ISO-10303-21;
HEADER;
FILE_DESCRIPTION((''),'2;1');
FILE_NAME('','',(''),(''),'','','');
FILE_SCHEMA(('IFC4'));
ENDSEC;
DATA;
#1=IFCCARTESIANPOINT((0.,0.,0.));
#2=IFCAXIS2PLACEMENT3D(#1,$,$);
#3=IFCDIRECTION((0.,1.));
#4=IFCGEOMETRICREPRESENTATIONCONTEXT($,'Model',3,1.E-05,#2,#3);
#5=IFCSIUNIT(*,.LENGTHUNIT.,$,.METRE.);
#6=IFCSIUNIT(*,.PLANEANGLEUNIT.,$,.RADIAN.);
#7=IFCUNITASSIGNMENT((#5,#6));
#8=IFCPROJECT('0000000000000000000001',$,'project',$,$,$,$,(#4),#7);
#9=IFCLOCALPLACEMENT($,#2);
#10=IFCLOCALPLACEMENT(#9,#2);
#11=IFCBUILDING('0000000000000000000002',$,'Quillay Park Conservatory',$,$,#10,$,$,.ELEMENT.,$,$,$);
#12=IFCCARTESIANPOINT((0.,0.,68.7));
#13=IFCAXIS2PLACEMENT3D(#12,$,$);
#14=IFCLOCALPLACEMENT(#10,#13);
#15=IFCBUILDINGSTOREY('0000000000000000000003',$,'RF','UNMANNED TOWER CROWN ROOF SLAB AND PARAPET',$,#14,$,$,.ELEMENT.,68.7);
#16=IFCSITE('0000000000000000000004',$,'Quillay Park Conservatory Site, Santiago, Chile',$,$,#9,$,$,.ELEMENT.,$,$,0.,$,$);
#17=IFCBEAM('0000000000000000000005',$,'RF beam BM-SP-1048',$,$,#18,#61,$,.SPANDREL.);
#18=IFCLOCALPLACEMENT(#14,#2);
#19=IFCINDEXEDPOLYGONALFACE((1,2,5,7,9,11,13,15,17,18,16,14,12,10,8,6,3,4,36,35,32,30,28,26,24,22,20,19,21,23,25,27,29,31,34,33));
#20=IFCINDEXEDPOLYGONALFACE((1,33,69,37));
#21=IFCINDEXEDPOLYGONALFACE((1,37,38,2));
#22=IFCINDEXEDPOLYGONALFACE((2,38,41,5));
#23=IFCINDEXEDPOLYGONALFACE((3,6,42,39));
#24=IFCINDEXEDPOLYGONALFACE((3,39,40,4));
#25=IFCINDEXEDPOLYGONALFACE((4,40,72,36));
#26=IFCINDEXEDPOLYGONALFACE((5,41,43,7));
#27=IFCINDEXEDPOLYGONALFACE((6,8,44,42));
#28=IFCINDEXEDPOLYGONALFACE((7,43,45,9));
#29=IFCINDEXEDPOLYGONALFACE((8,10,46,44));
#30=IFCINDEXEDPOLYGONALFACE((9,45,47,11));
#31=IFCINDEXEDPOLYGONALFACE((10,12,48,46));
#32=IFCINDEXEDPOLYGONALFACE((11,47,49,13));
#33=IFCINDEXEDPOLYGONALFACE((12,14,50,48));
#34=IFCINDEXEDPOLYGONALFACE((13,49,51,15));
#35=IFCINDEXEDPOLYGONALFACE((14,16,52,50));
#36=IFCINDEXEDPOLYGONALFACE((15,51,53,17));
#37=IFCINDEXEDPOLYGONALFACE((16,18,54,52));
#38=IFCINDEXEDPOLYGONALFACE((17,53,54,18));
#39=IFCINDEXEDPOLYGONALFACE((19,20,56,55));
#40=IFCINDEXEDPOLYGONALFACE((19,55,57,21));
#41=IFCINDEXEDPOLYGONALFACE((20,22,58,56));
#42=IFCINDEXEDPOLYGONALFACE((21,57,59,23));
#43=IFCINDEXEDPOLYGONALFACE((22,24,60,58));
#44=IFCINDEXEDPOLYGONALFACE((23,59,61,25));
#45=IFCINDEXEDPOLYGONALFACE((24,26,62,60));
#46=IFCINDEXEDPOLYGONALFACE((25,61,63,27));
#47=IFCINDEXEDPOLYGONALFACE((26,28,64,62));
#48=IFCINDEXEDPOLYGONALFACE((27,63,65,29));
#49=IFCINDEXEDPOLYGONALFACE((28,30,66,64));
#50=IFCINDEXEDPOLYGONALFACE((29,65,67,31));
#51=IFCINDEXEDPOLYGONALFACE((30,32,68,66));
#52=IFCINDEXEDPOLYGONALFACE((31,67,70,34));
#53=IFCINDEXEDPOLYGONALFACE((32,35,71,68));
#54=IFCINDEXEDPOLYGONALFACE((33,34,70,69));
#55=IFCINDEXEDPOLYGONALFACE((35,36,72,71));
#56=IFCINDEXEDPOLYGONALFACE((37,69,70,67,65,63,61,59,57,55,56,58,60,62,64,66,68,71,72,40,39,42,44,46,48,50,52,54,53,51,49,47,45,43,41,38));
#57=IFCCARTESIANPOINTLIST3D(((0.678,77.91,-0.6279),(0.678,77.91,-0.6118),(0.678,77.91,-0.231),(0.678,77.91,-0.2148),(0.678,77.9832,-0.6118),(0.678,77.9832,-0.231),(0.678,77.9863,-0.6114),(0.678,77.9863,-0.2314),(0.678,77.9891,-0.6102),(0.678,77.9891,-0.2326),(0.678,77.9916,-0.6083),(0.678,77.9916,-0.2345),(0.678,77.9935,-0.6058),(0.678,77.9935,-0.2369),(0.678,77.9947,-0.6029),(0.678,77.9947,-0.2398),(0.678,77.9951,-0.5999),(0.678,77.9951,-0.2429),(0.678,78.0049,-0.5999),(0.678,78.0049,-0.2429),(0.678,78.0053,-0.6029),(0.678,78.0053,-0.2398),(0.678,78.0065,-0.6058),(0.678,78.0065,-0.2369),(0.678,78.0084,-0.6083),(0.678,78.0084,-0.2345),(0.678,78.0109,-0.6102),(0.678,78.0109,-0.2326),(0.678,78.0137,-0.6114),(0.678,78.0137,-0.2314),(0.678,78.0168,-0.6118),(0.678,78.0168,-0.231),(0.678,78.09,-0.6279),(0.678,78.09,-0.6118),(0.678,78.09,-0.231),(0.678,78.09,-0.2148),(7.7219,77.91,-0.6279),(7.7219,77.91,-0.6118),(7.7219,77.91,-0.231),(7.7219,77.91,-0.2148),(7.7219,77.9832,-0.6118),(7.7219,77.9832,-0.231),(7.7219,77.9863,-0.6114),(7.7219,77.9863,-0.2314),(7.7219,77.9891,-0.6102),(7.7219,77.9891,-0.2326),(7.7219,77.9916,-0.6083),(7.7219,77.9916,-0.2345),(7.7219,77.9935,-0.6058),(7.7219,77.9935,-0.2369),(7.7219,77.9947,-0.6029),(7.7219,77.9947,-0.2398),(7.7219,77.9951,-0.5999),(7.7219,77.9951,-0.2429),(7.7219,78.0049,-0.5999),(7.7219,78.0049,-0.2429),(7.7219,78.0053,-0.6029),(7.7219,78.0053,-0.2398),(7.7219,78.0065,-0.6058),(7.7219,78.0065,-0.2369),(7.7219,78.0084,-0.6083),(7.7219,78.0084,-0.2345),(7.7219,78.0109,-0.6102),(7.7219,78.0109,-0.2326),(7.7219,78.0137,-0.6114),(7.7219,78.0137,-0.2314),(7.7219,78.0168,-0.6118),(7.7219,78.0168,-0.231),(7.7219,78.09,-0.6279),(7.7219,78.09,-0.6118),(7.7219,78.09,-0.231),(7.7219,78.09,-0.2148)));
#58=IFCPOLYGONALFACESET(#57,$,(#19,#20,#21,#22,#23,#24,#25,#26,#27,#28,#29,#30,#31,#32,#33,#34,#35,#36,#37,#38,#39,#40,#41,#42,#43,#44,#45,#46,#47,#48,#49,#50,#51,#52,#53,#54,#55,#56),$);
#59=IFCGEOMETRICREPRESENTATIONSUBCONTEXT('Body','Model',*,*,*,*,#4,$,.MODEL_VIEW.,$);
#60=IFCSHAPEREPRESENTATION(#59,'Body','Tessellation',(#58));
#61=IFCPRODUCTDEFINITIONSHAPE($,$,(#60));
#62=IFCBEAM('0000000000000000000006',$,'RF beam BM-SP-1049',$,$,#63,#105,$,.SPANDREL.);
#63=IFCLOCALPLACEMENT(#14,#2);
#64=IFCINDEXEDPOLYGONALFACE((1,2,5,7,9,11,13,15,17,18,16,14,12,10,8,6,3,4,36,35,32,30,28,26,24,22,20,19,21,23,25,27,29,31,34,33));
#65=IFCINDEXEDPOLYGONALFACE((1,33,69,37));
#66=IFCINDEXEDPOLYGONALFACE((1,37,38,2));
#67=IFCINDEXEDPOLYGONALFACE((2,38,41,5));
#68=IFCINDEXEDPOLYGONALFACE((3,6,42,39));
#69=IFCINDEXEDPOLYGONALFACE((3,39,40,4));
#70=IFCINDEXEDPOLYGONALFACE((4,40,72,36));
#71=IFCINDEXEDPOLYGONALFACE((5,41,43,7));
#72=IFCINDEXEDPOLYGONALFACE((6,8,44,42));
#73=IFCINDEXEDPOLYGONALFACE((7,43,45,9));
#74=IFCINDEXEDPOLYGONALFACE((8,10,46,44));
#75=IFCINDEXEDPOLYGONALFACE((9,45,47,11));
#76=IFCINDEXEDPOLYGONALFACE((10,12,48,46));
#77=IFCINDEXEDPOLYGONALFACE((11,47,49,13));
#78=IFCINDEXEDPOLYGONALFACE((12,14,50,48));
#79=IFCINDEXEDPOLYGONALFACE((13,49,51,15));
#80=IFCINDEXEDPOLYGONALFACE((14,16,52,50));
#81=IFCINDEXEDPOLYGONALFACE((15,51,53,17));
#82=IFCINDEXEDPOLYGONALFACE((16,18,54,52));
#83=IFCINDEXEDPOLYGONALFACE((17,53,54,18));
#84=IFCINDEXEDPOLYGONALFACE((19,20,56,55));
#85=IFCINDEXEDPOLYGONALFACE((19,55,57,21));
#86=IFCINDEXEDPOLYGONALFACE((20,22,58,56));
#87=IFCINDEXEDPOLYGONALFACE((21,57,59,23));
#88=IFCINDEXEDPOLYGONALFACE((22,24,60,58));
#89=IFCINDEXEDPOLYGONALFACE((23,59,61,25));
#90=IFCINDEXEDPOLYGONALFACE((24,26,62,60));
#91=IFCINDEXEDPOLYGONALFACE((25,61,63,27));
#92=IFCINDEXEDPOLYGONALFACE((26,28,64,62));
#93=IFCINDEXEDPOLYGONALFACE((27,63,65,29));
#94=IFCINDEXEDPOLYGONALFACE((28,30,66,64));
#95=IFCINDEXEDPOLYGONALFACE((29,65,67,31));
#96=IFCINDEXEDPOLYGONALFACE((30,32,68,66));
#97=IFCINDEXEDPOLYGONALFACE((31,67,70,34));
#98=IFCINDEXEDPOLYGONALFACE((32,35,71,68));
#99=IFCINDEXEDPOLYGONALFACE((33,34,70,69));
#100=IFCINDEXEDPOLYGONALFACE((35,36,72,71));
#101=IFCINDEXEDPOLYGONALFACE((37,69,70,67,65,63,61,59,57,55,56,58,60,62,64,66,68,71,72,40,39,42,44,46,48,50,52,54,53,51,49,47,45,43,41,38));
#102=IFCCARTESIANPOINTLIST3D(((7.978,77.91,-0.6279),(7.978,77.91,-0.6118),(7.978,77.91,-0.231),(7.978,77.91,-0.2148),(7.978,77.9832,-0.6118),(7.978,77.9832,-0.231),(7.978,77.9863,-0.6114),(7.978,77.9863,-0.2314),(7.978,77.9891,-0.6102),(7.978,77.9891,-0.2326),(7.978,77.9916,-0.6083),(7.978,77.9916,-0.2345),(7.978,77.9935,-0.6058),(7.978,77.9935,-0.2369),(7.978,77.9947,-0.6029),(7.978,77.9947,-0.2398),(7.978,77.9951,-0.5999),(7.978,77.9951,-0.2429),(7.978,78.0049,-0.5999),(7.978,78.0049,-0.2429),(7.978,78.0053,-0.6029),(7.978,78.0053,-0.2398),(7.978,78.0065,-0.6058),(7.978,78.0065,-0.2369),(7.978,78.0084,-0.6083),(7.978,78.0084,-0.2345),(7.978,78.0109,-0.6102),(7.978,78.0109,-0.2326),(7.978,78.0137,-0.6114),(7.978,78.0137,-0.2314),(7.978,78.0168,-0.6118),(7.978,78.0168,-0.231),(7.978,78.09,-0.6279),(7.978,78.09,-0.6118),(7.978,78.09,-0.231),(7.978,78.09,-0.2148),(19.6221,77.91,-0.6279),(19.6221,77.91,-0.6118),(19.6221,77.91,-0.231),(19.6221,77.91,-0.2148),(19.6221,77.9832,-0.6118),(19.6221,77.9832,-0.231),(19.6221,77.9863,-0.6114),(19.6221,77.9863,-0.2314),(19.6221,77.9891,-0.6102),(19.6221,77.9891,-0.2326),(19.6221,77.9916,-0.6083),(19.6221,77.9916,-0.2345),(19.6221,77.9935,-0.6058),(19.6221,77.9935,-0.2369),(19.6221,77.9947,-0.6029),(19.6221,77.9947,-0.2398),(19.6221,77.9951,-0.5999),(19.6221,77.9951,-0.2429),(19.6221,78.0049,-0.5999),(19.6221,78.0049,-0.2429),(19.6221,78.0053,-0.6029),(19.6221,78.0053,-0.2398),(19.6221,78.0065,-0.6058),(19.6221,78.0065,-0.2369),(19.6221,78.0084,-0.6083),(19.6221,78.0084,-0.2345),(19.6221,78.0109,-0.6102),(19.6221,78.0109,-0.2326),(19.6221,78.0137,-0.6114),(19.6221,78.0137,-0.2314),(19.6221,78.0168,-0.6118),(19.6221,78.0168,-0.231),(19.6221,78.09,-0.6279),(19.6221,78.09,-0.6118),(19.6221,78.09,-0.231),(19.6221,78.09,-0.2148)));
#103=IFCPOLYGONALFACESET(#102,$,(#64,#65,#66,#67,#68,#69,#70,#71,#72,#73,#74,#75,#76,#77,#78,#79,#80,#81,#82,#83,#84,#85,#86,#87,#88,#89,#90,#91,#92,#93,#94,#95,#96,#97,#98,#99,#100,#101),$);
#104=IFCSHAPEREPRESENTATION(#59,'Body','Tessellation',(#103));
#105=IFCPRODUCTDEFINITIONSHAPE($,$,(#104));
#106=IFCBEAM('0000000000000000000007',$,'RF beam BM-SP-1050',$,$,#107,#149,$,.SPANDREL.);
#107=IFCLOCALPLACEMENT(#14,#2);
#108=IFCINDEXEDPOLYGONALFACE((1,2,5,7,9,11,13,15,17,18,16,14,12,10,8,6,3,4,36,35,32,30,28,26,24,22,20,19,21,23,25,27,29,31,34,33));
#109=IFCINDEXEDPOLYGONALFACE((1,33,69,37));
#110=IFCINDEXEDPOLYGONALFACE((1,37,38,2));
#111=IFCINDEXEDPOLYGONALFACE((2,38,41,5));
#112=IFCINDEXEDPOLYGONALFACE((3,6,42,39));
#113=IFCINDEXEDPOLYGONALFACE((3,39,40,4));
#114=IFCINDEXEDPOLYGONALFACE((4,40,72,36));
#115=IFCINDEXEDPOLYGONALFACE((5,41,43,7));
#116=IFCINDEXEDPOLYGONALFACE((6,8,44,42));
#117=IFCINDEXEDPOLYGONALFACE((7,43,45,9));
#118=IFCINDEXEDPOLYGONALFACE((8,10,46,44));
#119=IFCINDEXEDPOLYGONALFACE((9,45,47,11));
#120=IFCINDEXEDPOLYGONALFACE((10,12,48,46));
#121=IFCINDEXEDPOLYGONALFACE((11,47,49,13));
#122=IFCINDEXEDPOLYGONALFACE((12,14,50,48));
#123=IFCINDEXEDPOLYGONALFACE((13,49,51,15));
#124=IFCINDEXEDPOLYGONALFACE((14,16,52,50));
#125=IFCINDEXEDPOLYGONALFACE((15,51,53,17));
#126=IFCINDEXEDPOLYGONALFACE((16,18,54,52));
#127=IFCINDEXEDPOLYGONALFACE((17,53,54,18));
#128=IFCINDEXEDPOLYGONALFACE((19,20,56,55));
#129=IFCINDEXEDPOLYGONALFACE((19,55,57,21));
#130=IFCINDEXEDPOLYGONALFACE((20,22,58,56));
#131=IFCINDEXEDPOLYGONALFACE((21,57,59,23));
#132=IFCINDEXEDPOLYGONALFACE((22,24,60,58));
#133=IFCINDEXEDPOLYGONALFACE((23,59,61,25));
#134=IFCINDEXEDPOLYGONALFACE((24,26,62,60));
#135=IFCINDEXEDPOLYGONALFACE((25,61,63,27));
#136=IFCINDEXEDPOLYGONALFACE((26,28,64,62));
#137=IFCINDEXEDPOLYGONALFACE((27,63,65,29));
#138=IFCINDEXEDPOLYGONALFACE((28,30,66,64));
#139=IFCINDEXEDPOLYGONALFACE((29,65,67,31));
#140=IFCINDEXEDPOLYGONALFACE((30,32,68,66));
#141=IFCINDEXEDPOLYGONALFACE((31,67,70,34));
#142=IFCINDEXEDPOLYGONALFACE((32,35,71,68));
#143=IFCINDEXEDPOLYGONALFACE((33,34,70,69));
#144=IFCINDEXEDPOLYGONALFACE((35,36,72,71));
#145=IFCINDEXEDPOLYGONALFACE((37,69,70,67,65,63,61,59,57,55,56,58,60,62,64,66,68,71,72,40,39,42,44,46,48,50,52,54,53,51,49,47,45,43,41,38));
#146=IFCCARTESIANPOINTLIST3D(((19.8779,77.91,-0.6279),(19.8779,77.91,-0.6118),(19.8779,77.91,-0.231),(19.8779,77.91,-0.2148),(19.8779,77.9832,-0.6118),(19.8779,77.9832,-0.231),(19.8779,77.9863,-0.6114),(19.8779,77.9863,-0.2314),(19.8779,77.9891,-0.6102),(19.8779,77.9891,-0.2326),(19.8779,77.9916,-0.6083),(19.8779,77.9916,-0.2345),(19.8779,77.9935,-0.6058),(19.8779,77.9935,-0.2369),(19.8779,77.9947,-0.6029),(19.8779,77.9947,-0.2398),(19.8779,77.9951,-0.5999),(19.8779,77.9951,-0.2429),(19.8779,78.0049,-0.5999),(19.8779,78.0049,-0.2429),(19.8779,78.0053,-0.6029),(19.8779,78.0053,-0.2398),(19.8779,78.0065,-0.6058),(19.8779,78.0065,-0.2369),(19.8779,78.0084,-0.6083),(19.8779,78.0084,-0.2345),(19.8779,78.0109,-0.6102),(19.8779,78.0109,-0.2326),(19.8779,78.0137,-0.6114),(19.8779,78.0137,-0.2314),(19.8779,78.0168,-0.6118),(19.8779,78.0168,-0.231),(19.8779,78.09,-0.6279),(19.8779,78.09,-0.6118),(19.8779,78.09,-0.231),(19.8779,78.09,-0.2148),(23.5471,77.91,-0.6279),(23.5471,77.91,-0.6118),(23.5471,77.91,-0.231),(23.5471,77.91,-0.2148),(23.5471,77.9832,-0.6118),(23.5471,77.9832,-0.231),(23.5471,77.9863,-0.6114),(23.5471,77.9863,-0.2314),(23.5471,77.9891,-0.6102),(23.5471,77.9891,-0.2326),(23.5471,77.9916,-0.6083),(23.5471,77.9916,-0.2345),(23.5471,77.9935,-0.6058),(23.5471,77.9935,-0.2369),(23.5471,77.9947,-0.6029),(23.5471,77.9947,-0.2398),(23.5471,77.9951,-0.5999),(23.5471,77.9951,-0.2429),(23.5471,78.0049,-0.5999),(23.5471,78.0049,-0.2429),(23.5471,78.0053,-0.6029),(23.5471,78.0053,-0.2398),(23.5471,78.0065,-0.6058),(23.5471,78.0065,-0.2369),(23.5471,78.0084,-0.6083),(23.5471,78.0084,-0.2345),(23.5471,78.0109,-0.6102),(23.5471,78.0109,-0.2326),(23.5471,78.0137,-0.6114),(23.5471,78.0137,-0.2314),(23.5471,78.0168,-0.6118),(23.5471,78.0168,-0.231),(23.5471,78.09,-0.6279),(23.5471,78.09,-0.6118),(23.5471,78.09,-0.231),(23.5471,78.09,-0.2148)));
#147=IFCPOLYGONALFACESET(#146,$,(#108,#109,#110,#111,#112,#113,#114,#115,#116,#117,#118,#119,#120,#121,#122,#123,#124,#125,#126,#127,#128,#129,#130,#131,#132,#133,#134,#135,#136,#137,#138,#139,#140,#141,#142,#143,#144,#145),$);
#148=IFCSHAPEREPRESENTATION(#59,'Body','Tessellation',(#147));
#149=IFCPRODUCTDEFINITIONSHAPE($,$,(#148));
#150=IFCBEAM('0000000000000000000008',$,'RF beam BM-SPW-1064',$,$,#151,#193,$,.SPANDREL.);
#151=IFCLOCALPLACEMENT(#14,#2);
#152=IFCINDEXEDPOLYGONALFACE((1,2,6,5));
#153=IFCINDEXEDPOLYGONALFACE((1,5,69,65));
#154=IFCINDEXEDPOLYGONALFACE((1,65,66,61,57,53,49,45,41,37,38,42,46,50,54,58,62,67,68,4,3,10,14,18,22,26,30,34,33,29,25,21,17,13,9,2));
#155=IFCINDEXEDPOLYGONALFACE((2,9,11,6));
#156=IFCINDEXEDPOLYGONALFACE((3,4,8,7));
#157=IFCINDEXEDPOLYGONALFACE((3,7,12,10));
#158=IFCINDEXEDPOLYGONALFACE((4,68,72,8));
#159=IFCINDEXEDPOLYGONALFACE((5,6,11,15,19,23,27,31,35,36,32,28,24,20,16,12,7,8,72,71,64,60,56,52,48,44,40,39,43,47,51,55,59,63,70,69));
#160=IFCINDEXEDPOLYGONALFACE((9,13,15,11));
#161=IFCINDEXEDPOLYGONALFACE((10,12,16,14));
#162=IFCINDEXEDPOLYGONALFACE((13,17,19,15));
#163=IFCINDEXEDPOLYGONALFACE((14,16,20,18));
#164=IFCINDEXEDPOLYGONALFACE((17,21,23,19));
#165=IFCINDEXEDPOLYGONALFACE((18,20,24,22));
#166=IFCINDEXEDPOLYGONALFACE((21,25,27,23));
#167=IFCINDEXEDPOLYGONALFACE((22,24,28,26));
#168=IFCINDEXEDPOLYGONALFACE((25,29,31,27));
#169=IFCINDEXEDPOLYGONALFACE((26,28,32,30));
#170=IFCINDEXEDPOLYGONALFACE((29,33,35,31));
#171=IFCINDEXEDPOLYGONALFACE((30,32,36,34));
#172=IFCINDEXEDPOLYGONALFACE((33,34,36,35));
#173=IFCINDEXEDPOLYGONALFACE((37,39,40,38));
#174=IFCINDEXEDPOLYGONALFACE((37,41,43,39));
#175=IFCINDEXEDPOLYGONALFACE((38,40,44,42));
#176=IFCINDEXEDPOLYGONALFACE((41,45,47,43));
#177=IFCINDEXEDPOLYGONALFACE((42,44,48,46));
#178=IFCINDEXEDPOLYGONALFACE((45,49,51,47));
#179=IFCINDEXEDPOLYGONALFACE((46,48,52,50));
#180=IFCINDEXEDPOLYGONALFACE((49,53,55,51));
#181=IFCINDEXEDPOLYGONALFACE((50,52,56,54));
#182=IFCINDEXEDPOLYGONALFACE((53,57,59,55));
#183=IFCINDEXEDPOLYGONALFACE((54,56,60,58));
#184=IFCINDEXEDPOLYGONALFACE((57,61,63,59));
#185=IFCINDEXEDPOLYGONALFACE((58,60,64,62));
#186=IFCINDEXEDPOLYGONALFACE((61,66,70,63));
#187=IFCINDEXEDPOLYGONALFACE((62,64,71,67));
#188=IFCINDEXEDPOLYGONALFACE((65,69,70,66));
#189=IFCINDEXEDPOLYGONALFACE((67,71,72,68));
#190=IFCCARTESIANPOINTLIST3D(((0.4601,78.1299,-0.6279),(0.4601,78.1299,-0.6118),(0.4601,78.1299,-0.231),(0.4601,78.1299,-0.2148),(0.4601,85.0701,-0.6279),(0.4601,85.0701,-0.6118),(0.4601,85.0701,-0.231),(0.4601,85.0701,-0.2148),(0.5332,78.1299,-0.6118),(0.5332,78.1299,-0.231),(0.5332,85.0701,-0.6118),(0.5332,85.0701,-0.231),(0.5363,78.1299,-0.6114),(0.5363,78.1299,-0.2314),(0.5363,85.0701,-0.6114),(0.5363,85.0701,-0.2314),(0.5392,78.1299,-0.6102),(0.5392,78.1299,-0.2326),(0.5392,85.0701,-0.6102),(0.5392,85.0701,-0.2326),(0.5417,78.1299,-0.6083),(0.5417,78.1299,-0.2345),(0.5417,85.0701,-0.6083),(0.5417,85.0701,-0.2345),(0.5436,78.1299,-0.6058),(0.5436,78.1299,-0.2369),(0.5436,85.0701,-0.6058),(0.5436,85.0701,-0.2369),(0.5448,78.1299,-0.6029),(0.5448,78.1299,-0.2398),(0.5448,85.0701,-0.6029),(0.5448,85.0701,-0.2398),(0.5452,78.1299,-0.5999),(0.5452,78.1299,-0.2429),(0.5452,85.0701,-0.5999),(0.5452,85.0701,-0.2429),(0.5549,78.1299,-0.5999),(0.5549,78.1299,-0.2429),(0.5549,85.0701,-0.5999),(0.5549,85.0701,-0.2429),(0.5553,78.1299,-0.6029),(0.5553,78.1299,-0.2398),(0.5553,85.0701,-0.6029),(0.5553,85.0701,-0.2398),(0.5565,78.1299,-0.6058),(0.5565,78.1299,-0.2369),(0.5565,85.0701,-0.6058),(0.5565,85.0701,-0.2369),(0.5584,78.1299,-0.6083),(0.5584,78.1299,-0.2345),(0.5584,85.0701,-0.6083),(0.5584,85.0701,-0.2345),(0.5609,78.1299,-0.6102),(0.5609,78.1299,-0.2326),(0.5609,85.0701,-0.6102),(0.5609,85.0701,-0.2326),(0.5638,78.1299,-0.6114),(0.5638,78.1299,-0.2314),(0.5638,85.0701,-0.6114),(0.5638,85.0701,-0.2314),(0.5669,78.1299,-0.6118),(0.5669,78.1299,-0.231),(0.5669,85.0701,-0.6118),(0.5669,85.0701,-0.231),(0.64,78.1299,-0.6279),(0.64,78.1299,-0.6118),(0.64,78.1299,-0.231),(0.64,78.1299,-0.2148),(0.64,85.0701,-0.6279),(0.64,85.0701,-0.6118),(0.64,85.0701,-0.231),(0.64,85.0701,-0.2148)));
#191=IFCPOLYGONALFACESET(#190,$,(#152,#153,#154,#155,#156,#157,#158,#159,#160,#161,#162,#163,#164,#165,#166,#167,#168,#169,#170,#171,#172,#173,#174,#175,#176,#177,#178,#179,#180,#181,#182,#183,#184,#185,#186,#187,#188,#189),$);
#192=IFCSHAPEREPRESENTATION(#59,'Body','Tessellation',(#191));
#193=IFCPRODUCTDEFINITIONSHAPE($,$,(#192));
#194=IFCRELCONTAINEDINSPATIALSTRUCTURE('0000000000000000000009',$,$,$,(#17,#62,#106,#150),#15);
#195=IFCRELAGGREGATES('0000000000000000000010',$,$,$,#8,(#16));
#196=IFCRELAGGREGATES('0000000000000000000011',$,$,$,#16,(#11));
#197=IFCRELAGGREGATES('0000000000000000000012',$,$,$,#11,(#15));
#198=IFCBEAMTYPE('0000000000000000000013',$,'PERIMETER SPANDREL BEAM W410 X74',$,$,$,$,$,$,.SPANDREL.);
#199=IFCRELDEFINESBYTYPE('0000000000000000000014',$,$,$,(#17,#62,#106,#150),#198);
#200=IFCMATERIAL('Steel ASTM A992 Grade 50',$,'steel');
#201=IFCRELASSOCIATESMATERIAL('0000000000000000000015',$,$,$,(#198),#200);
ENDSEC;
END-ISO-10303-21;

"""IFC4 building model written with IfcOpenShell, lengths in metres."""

from ifc_helpers import new_model, si_unit, direction, frame, origin, origin_2d, place, context, subcontext, project, spatial, i_section, extrude, material, material_profile, profile_set, type_object, element, save


model = new_model("IFC4")

# Units and contexts
model_context = context("Model", 3, precision=1e-05, world=origin(), true_north=direction((0.0, 1.0)))
body_context = subcontext(model_context, "Body", "Model", "MODEL_VIEW")
ifc_project = project(units=[si_unit("LENGTHUNIT", "METRE"), si_unit("PLANEANGLEUNIT", "RADIAN")], contexts=[model_context])

# Site, building, storey
site_placement = place(None, origin())
site = spatial("IfcSite", under=ifc_project, at=site_placement, Name="Quillay Park Conservatory Site, Santiago, Chile", CompositionType="ELEMENT", RefElevation=0.0)
building_placement = place(site_placement, origin())
building = spatial("IfcBuilding", under=site, at=building_placement, Name="Quillay Park Conservatory", CompositionType="ELEMENT")
storey_placement = place(building_placement, frame((0.0, 0.0, 68.7)))
storey = spatial("IfcBuildingStorey", under=building, at=storey_placement, Name="RF", Description="UNMANNED TOWER CROWN ROOF SLAB AND PARAPET", CompositionType="ELEMENT", Elevation=68.7)

# Beams
ifc_material_1 = material(Name="Steel ASTM A992 Grade 50", Category="steel")
ifc_material_profile_1 = material_profile(ifc_material_1, i_section(OverallWidth=0.1799, OverallDepth=0.4131, WebThickness=0.0098, FlangeThickness=0.0161, FilletRadius=0.012, at=origin_2d()), Name="W410x74")
ifc_profile_set_1 = profile_set([ifc_material_profile_1], Name="Steel ASTM A992 Grade 50")
beam_type_1 = type_object("IfcBeamType", Name="PERIMETER SPANDREL BEAM W410 X74", PredefinedType="SPANDREL", material=ifc_profile_set_1)
beam_1_placement = place(storey_placement, frame((0.678, 78.0, -0.4214), z_axis=(1.0, 0.0, 0.0), x_axis=(0.0, 1.0, 0.0)))
element("IfcBeam", 1, at=beam_1_placement, inside=storey, type_object=beam_type_1, Name="RF beam BM-SP-1048", PredefinedType="SPANDREL", context=body_context, shape_type="SweptSolid", body=[
    extrude(i_section(OverallWidth=0.1799, OverallDepth=0.4131, WebThickness=0.0098, FlangeThickness=0.0161, FilletRadius=0.012, at=origin_2d()), origin(), (0.0, 0.0, 1.0), 7.0439),
])
beam_2_placement = place(storey_placement, frame((7.978, 78.0, -0.4214), z_axis=(1.0, 0.0, 0.0), x_axis=(0.0, 1.0, 0.0)))
element("IfcBeam", 2, at=beam_2_placement, inside=storey, type_object=beam_type_1, Name="RF beam BM-SP-1049", PredefinedType="SPANDREL", context=body_context, shape_type="SweptSolid", body=[
    extrude(i_section(OverallWidth=0.1799, OverallDepth=0.4131, WebThickness=0.0098, FlangeThickness=0.0161, FilletRadius=0.012, at=origin_2d()), origin(), (0.0, 0.0, 1.0), 11.644),
])
beam_3_placement = place(storey_placement, frame((19.8779, 78.0, -0.4214), z_axis=(1.0, 0.0, 0.0), x_axis=(0.0, 1.0, 0.0)))
element("IfcBeam", 3, at=beam_3_placement, inside=storey, type_object=beam_type_1, Name="RF beam BM-SP-1050", PredefinedType="SPANDREL", context=body_context, shape_type="SweptSolid", body=[
    extrude(i_section(OverallWidth=0.1799, OverallDepth=0.4131, WebThickness=0.0098, FlangeThickness=0.0161, FilletRadius=0.012, at=origin_2d()), origin(), (0.0, 0.0, 1.0), 3.6692),
])
beam_4_placement = place(storey_placement, frame((0.55, 78.1299, -0.4214), z_axis=(0.0, 1.0, 0.0), x_axis=(-1.0, 0.0, 0.0)))
element("IfcBeam", 4, at=beam_4_placement, inside=storey, type_object=beam_type_1, Name="RF beam BM-SPW-1064", PredefinedType="SPANDREL", context=body_context, shape_type="SweptSolid", body=[
    extrude(i_section(OverallWidth=0.1799, OverallDepth=0.4131, WebThickness=0.0098, FlangeThickness=0.0161, FilletRadius=0.012, at=origin_2d()), origin(), (0.0, 0.0, 1.0), 6.9402),
])

save(model, "model.ifc")
